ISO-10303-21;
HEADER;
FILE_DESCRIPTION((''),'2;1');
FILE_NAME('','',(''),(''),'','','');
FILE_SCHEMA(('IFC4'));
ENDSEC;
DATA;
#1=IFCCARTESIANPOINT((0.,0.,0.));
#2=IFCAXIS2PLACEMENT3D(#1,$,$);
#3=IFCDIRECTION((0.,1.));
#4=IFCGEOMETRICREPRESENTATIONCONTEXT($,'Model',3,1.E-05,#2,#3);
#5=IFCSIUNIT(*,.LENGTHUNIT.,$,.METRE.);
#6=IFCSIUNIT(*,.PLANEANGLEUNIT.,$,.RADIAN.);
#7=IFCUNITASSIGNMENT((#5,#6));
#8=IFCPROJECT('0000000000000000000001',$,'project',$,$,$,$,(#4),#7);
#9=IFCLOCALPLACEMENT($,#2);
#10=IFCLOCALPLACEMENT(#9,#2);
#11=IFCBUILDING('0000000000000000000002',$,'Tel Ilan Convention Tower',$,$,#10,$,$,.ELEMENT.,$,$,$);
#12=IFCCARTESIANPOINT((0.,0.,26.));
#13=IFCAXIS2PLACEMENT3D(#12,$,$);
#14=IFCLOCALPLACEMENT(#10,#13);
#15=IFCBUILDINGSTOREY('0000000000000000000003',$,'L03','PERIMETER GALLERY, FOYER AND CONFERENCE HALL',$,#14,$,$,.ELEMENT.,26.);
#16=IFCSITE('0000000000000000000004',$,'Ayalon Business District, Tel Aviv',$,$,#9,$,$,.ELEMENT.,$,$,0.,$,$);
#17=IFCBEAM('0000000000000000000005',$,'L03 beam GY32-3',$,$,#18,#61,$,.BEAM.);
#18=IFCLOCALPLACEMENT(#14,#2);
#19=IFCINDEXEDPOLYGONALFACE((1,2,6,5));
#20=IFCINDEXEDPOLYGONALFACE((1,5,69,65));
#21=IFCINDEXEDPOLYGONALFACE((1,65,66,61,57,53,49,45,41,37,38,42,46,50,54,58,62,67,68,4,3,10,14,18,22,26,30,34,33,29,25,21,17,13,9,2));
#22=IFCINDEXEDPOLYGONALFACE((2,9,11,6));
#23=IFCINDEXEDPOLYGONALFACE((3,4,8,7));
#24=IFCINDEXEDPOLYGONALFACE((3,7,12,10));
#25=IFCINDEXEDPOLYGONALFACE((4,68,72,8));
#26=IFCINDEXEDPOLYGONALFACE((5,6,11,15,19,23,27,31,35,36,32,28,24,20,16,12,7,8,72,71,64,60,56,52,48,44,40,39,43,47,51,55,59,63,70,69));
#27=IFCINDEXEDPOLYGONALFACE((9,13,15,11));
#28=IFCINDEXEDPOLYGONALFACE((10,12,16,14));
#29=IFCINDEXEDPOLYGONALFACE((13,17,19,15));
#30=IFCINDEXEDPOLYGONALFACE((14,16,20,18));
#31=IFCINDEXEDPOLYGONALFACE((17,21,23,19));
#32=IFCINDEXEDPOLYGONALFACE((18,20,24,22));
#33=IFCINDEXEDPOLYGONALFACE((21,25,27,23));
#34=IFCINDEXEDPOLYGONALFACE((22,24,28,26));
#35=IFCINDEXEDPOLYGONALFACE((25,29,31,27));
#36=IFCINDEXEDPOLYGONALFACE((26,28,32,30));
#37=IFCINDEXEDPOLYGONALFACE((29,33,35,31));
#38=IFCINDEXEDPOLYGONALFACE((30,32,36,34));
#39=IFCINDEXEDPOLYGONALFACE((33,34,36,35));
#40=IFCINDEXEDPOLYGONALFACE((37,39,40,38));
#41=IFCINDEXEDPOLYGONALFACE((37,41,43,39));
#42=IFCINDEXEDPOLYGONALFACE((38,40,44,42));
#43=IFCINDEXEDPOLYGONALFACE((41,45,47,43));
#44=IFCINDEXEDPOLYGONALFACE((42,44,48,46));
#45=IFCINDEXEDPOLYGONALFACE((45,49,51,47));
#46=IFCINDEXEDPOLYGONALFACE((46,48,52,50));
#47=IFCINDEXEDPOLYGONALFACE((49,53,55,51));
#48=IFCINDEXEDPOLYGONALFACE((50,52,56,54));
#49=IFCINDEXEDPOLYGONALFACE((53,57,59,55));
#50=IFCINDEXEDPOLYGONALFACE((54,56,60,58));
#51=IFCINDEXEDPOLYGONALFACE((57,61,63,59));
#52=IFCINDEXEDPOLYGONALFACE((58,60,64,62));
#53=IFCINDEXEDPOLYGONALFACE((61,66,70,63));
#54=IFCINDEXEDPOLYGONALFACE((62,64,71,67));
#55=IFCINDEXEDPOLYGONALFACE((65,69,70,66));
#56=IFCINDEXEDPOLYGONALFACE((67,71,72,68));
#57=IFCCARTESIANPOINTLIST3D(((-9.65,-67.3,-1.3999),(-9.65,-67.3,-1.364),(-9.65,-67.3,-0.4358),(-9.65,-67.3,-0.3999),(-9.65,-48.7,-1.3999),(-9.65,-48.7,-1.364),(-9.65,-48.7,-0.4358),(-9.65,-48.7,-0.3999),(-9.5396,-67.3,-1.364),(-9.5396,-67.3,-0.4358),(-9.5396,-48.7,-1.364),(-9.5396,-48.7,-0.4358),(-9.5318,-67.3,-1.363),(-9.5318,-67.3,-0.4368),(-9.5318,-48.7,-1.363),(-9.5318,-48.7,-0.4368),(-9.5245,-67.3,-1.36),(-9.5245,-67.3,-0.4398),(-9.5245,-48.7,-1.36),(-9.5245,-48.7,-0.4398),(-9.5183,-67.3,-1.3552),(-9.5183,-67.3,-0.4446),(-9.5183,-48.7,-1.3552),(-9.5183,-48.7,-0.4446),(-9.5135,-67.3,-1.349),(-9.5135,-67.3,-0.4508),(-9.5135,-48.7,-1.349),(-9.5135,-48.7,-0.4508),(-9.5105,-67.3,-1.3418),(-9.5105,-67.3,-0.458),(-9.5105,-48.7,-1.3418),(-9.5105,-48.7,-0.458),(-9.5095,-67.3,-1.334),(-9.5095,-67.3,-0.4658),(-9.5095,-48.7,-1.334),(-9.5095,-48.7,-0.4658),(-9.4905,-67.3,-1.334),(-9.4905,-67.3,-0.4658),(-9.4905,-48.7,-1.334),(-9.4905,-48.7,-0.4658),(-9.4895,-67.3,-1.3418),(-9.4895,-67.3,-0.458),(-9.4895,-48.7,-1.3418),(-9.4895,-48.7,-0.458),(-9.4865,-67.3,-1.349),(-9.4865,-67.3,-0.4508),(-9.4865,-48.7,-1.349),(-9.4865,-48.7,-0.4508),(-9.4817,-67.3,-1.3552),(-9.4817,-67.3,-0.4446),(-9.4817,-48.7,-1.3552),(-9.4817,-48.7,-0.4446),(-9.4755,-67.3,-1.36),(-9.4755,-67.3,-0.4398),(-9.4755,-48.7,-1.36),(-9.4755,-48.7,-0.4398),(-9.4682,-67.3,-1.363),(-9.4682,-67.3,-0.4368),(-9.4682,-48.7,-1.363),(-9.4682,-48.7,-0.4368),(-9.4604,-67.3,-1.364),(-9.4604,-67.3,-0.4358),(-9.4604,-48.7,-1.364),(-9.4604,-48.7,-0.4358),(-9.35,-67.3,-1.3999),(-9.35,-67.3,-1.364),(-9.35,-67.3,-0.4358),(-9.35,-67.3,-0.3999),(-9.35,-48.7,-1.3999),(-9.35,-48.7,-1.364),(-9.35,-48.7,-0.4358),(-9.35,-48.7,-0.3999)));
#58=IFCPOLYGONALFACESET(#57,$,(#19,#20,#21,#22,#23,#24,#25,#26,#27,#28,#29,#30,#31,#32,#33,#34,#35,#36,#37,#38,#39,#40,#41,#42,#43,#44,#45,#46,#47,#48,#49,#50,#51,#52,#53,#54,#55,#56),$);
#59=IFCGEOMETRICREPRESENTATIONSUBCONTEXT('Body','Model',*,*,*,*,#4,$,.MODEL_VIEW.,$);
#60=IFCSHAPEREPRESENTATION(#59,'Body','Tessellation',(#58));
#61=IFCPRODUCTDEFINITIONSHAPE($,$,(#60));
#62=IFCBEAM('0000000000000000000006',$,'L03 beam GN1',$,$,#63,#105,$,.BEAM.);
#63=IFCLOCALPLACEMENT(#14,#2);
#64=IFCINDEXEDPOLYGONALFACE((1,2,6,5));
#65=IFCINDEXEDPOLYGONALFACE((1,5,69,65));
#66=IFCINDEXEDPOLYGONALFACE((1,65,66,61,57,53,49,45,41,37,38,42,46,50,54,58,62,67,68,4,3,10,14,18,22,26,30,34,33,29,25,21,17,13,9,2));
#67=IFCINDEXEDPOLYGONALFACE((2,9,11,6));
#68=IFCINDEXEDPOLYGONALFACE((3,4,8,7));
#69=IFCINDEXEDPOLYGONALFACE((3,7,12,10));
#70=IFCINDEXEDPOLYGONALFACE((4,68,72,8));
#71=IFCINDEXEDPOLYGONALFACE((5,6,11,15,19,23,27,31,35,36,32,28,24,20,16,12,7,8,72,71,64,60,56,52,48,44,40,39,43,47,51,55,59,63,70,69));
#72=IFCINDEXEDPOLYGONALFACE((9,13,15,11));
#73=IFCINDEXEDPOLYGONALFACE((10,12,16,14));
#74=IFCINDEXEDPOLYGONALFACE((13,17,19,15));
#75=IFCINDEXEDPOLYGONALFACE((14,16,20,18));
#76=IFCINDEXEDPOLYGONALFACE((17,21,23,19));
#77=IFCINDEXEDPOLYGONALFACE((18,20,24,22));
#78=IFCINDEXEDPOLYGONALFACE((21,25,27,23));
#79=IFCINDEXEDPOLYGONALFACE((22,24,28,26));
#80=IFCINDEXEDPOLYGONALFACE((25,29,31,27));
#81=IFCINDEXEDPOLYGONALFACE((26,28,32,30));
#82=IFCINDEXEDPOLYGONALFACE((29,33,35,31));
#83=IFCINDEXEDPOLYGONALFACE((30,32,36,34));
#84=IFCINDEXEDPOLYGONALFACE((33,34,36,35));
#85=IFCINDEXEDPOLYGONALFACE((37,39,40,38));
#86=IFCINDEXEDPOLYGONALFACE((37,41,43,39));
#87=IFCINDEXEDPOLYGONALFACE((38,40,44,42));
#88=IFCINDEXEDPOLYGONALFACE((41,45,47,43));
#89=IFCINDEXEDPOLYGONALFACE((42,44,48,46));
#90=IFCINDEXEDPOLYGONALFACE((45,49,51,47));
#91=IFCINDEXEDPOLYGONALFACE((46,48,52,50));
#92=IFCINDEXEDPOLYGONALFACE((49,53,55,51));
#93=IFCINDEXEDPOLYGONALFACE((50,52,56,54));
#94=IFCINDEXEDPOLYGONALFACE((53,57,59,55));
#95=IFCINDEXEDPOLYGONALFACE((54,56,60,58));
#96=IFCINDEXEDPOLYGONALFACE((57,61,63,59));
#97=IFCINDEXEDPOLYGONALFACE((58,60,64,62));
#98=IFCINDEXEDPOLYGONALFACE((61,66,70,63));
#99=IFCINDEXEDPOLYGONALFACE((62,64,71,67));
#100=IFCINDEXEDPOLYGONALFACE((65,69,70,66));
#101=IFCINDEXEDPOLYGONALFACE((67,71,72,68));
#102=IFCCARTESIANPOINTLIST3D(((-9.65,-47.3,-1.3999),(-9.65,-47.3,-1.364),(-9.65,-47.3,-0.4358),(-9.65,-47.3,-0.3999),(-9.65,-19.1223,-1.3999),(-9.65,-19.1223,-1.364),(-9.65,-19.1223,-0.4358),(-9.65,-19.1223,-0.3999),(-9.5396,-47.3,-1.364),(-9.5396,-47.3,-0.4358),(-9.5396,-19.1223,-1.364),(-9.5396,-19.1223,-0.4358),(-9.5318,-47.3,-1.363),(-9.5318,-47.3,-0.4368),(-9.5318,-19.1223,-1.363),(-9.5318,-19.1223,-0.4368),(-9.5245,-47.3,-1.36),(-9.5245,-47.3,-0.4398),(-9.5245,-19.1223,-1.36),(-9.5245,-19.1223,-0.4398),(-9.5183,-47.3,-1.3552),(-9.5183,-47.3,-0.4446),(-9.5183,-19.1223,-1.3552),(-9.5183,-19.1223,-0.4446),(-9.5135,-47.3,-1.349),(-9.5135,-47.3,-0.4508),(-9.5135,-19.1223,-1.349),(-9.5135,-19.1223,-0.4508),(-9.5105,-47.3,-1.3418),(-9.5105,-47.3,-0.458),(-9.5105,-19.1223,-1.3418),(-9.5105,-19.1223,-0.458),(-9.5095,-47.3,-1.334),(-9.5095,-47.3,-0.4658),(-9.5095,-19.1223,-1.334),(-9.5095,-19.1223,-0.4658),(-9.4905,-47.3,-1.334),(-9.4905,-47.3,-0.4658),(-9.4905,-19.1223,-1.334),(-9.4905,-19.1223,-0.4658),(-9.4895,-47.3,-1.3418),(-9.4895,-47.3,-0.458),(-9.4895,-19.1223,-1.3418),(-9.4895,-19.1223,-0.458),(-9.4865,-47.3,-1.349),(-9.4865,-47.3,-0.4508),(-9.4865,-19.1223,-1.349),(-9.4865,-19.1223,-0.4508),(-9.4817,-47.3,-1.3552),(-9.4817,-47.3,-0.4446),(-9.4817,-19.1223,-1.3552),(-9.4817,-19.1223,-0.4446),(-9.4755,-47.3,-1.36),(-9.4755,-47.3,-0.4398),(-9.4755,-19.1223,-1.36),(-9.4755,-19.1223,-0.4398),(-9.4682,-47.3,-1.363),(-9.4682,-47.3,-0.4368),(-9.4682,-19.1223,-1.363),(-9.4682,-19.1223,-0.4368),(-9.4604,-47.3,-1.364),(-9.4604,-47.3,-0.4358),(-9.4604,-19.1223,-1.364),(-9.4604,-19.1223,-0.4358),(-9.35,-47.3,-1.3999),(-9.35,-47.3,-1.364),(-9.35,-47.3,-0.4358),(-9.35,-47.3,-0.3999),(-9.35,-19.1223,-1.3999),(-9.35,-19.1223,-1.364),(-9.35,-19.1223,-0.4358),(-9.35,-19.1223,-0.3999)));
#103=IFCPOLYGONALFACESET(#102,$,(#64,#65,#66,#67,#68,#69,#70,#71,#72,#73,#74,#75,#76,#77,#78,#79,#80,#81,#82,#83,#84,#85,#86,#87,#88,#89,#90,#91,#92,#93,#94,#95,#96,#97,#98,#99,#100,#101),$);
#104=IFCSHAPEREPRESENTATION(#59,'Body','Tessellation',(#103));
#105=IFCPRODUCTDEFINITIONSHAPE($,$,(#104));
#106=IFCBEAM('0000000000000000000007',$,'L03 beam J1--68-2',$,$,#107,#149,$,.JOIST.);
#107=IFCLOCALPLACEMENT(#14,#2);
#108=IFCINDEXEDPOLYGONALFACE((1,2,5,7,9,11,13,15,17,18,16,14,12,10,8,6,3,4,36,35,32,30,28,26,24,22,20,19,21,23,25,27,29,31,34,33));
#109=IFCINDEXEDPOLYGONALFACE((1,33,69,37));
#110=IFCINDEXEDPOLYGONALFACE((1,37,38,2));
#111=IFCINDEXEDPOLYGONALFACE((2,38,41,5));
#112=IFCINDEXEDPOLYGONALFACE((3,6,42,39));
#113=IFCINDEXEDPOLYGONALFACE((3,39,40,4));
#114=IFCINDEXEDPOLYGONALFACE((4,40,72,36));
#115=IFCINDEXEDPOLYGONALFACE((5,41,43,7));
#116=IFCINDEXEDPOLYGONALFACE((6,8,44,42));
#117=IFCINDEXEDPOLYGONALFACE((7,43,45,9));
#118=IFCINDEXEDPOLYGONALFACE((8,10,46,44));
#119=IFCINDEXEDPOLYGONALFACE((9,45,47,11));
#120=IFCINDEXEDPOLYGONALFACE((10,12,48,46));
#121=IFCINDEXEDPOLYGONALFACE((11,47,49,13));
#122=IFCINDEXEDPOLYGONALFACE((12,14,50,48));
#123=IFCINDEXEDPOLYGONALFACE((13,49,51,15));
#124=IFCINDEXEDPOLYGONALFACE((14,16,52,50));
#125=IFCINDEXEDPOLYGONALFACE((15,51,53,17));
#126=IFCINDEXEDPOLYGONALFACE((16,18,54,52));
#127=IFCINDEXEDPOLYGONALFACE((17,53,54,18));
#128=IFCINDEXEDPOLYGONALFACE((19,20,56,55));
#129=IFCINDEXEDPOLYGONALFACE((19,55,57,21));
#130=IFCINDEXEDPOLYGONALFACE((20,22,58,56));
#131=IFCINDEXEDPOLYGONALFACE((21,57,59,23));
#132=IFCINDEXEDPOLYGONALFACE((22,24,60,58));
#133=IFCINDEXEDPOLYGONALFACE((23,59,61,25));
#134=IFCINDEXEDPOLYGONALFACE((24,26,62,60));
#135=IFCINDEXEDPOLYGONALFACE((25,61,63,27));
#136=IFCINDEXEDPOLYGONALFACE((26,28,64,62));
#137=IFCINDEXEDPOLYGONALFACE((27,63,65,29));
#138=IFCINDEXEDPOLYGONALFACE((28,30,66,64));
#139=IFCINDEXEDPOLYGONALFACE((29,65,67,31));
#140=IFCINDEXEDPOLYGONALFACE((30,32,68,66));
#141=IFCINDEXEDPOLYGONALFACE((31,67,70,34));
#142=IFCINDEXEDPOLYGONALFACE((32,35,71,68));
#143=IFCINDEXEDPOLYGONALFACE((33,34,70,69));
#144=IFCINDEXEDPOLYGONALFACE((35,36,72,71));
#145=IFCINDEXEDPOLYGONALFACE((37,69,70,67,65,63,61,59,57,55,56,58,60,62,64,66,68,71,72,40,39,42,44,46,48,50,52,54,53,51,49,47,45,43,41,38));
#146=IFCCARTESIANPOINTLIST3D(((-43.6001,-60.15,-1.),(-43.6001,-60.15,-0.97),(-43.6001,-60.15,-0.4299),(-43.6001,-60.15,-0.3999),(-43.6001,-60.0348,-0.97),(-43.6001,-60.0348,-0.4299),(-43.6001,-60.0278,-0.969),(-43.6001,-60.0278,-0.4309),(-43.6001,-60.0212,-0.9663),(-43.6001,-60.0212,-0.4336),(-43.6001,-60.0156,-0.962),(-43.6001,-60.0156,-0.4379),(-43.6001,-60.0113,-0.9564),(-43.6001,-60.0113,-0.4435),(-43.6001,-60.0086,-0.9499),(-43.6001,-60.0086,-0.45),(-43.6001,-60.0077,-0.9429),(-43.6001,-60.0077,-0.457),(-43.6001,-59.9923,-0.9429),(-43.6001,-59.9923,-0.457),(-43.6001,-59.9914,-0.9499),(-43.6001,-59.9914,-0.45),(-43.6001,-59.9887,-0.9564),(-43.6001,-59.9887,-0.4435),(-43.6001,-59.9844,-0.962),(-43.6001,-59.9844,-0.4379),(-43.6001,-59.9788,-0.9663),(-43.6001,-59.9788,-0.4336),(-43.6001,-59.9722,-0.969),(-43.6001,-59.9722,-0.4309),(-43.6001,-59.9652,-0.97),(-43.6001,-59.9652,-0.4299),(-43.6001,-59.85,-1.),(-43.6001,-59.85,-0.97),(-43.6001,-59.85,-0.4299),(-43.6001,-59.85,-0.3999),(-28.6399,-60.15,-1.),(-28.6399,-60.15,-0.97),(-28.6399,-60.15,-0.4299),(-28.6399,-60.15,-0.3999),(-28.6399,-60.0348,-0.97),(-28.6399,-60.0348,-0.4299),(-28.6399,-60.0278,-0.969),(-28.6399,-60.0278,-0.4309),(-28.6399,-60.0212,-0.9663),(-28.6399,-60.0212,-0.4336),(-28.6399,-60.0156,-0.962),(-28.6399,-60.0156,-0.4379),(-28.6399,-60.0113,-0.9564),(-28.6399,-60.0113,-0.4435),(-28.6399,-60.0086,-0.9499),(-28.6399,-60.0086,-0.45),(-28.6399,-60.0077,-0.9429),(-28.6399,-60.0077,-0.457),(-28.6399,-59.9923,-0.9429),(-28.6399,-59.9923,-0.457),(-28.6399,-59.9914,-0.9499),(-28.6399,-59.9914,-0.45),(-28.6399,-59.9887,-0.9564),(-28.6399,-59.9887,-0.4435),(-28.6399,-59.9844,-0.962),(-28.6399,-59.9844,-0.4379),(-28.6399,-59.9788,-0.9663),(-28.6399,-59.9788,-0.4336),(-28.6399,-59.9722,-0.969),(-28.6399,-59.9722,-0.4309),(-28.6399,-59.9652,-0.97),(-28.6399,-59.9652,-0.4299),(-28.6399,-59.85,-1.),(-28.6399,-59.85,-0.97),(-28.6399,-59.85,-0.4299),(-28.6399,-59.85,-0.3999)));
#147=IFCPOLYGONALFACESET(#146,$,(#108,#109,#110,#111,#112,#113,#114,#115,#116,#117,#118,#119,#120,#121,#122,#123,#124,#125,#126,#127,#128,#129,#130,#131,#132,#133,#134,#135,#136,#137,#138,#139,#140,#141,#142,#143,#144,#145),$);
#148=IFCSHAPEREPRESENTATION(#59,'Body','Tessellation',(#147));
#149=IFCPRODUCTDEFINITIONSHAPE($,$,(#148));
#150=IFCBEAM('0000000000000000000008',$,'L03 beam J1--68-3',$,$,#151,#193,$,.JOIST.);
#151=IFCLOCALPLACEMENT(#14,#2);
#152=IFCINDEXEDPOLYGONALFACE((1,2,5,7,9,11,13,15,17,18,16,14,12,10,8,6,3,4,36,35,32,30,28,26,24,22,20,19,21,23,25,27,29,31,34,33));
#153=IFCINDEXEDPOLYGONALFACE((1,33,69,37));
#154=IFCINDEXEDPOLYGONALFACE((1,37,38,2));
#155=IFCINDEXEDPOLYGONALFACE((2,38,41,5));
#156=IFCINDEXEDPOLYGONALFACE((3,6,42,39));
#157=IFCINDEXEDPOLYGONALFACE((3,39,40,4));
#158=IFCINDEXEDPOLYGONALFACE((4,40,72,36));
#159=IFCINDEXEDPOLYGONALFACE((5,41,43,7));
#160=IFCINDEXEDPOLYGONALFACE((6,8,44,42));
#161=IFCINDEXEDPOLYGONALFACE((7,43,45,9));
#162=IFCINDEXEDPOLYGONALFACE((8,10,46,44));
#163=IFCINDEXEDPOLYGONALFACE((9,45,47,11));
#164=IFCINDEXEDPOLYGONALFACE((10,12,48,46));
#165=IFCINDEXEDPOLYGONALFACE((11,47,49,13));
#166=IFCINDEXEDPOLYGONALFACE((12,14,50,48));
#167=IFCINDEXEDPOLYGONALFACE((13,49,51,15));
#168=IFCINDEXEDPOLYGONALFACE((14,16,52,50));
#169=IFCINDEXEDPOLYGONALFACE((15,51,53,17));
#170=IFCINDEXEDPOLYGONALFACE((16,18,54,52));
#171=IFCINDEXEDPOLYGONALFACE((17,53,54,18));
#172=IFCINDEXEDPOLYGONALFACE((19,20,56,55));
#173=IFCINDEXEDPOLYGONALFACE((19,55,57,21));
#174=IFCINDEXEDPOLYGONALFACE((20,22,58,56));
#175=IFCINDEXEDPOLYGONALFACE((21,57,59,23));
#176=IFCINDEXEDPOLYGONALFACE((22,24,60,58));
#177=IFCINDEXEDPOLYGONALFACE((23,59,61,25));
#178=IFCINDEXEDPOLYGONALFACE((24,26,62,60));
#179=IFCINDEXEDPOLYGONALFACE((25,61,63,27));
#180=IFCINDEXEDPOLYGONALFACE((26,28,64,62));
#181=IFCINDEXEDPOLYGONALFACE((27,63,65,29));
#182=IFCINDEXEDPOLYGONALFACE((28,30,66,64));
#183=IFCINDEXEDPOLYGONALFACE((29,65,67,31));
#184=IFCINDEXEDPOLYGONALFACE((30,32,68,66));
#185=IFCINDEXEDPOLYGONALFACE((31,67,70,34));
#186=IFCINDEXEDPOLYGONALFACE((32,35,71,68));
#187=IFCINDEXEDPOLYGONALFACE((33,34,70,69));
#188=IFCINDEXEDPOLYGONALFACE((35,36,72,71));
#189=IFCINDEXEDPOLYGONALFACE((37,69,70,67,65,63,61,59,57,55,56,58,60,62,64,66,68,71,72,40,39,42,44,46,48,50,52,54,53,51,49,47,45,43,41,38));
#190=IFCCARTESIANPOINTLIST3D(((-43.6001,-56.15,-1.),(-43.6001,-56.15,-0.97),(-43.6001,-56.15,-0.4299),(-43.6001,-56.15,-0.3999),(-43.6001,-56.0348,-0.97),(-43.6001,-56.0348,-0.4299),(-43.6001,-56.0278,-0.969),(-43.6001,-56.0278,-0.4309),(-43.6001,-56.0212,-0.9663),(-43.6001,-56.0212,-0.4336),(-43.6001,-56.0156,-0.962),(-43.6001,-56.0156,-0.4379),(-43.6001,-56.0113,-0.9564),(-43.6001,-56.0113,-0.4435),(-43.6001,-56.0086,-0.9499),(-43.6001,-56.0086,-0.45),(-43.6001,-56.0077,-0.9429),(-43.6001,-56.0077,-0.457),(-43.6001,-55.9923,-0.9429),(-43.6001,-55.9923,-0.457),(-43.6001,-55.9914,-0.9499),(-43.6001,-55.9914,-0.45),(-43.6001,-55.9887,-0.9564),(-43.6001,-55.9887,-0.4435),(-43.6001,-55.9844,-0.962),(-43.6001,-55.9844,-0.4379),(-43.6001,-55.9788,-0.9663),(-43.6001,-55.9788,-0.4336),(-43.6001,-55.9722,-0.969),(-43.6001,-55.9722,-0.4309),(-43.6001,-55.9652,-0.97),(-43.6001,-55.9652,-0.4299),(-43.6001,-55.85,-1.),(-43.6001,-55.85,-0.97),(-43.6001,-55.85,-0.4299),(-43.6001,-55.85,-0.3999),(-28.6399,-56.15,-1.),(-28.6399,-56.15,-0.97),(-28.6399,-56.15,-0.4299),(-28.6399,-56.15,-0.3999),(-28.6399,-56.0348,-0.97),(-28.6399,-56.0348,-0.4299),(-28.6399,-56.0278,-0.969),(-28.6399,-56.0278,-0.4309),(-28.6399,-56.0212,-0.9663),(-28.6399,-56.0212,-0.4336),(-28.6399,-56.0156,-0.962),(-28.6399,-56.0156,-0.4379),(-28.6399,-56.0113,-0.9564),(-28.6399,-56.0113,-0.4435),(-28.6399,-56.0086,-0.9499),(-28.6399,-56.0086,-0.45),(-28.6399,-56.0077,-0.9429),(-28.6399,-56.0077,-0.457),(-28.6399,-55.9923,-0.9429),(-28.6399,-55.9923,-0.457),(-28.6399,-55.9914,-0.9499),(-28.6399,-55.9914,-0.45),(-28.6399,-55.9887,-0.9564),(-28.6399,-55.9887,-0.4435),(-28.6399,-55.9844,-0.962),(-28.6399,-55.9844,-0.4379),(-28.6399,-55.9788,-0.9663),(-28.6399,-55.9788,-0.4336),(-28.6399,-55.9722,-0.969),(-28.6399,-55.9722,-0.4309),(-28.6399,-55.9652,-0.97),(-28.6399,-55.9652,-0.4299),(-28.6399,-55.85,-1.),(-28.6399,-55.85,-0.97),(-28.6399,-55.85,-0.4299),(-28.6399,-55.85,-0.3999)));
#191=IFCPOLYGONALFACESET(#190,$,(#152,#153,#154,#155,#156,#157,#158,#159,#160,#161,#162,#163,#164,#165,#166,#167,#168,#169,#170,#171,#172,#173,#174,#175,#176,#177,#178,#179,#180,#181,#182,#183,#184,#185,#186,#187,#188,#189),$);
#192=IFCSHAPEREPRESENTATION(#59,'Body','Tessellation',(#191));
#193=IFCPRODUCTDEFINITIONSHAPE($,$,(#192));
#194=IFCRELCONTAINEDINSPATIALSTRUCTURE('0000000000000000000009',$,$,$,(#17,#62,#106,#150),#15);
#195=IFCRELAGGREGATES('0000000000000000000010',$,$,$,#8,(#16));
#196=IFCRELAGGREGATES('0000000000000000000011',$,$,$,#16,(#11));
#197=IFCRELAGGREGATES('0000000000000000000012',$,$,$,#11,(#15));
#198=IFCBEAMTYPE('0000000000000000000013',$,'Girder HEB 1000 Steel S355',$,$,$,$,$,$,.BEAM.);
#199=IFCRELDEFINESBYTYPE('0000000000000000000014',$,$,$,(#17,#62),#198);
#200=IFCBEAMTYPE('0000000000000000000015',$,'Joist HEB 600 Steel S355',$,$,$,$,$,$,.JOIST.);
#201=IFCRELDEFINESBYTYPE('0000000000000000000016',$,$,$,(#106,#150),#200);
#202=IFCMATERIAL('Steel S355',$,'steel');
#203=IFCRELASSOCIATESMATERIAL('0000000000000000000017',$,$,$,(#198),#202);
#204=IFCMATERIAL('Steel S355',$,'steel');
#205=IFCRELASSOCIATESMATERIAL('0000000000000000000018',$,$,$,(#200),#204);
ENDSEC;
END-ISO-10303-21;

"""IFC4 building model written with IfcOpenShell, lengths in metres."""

from ifc_helpers import new_model, si_unit, direction, frame, origin, origin_2d, place, context, subcontext, project, spatial, i_section, extrude, material, material_profile, profile_set, type_object, element, save


model = new_model("IFC4")

# Units and contexts
model_context = context("Model", 3, precision=1e-05, world=origin(), true_north=direction((0.0, 1.0)))
body_context = subcontext(model_context, "Body", "Model", "MODEL_VIEW")
ifc_project = project(units=[si_unit("LENGTHUNIT", "METRE"), si_unit("PLANEANGLEUNIT", "RADIAN")], contexts=[model_context])

# Site, building, storey
site_placement = place(None, origin())
site = spatial("IfcSite", under=ifc_project, at=site_placement, Name="Ayalon Business District, Tel Aviv", CompositionType="ELEMENT", RefElevation=0.0)
building_placement = place(site_placement, origin())
building = spatial("IfcBuilding", under=site, at=building_placement, Name="Tel Ilan Convention Tower", CompositionType="ELEMENT")
storey_placement = place(building_placement, frame((0.0, 0.0, 26.0)))
storey = spatial("IfcBuildingStorey", under=building, at=storey_placement, Name="L03", Description="PERIMETER GALLERY, FOYER AND CONFERENCE HALL", CompositionType="ELEMENT", Elevation=26.0)

# Beams
ifc_material_1 = material(Name="Steel S355", Category="steel")
ifc_material_profile_1 = material_profile(ifc_material_1, i_section(OverallWidth=0.3, OverallDepth=1.0, WebThickness=0.019, FlangeThickness=0.0359, FilletRadius=0.03, at=origin_2d()), Name="HEB 1000")
ifc_profile_set_1 = profile_set([ifc_material_profile_1], Name="Steel S355")
beam_type_1 = type_object("IfcBeamType", Name="Girder HEB 1000 Steel S355", PredefinedType="BEAM", material=ifc_profile_set_1)
for number, where, z_axis, x_axis, name in (
    (1, (-9.5, -67.3, -0.8999), (0.0, 1.0, 0.0), (-1.0, 0.0, 0.0), "L03 beam GY32-3"),
):
    element("IfcBeam", number, at=place(storey_placement, frame(where, z_axis=z_axis, x_axis=x_axis)), inside=storey, type_object=beam_type_1, Name=name, PredefinedType="BEAM", context=body_context, shape_type="SweptSolid", body=[
        extrude(i_section(OverallWidth=0.3, OverallDepth=1.0, WebThickness=0.019, FlangeThickness=0.0359, FilletRadius=0.03, at=origin_2d()), origin(), (0.0, 0.0, 1.0), 18.6001),
    ])
beam_1_placement = place(storey_placement, frame((-9.5, -47.3, -0.8999), z_axis=(0.0, 1.0, 0.0), x_axis=(-1.0, 0.0, 0.0)))
element("IfcBeam", 2, at=beam_1_placement, inside=storey, type_object=beam_type_1, Name="L03 beam GN1", PredefinedType="BEAM", context=body_context, shape_type="SweptSolid", body=[
    extrude(i_section(OverallWidth=0.3, OverallDepth=1.0, WebThickness=0.019, FlangeThickness=0.0359, FilletRadius=0.03, at=origin_2d()), origin(), (0.0, 0.0, 1.0), 28.1777),
])
ifc_material_2 = material(Name="Steel S355", Category="steel")
ifc_material_profile_2 = material_profile(ifc_material_2, i_section(OverallWidth=0.3, OverallDepth=0.6001, WebThickness=0.0154, FlangeThickness=0.03, FilletRadius=0.0271, at=origin_2d()), Name="HEB 600")
ifc_profile_set_2 = profile_set([ifc_material_profile_2], Name="Steel S355")
beam_type_2 = type_object("IfcBeamType", Name="Joist HEB 600 Steel S355", PredefinedType="JOIST", material=ifc_profile_set_2)
for number, where, z_axis, x_axis, name in (
    (3, (-43.6001, -60.0, -0.7), (1.0, 0.0, 0.0), (0.0, 1.0, 0.0), "L03 beam J1--68-2"),
    (4, (-43.6001, -56.0, -0.7), (1.0, 0.0, 0.0), (0.0, 1.0, 0.0), "L03 beam J1--68-3"),
):
    element("IfcBeam", number, at=place(storey_placement, frame(where, z_axis=z_axis, x_axis=x_axis)), inside=storey, type_object=beam_type_2, Name=name, PredefinedType="JOIST", context=body_context, shape_type="SweptSolid", body=[
        extrude(i_section(OverallWidth=0.3, OverallDepth=0.6001, WebThickness=0.0154, FlangeThickness=0.03, FilletRadius=0.0271, at=origin_2d()), origin(), (0.0, 0.0, 1.0), 14.9602),
    ])

save(model, "model.ifc")
